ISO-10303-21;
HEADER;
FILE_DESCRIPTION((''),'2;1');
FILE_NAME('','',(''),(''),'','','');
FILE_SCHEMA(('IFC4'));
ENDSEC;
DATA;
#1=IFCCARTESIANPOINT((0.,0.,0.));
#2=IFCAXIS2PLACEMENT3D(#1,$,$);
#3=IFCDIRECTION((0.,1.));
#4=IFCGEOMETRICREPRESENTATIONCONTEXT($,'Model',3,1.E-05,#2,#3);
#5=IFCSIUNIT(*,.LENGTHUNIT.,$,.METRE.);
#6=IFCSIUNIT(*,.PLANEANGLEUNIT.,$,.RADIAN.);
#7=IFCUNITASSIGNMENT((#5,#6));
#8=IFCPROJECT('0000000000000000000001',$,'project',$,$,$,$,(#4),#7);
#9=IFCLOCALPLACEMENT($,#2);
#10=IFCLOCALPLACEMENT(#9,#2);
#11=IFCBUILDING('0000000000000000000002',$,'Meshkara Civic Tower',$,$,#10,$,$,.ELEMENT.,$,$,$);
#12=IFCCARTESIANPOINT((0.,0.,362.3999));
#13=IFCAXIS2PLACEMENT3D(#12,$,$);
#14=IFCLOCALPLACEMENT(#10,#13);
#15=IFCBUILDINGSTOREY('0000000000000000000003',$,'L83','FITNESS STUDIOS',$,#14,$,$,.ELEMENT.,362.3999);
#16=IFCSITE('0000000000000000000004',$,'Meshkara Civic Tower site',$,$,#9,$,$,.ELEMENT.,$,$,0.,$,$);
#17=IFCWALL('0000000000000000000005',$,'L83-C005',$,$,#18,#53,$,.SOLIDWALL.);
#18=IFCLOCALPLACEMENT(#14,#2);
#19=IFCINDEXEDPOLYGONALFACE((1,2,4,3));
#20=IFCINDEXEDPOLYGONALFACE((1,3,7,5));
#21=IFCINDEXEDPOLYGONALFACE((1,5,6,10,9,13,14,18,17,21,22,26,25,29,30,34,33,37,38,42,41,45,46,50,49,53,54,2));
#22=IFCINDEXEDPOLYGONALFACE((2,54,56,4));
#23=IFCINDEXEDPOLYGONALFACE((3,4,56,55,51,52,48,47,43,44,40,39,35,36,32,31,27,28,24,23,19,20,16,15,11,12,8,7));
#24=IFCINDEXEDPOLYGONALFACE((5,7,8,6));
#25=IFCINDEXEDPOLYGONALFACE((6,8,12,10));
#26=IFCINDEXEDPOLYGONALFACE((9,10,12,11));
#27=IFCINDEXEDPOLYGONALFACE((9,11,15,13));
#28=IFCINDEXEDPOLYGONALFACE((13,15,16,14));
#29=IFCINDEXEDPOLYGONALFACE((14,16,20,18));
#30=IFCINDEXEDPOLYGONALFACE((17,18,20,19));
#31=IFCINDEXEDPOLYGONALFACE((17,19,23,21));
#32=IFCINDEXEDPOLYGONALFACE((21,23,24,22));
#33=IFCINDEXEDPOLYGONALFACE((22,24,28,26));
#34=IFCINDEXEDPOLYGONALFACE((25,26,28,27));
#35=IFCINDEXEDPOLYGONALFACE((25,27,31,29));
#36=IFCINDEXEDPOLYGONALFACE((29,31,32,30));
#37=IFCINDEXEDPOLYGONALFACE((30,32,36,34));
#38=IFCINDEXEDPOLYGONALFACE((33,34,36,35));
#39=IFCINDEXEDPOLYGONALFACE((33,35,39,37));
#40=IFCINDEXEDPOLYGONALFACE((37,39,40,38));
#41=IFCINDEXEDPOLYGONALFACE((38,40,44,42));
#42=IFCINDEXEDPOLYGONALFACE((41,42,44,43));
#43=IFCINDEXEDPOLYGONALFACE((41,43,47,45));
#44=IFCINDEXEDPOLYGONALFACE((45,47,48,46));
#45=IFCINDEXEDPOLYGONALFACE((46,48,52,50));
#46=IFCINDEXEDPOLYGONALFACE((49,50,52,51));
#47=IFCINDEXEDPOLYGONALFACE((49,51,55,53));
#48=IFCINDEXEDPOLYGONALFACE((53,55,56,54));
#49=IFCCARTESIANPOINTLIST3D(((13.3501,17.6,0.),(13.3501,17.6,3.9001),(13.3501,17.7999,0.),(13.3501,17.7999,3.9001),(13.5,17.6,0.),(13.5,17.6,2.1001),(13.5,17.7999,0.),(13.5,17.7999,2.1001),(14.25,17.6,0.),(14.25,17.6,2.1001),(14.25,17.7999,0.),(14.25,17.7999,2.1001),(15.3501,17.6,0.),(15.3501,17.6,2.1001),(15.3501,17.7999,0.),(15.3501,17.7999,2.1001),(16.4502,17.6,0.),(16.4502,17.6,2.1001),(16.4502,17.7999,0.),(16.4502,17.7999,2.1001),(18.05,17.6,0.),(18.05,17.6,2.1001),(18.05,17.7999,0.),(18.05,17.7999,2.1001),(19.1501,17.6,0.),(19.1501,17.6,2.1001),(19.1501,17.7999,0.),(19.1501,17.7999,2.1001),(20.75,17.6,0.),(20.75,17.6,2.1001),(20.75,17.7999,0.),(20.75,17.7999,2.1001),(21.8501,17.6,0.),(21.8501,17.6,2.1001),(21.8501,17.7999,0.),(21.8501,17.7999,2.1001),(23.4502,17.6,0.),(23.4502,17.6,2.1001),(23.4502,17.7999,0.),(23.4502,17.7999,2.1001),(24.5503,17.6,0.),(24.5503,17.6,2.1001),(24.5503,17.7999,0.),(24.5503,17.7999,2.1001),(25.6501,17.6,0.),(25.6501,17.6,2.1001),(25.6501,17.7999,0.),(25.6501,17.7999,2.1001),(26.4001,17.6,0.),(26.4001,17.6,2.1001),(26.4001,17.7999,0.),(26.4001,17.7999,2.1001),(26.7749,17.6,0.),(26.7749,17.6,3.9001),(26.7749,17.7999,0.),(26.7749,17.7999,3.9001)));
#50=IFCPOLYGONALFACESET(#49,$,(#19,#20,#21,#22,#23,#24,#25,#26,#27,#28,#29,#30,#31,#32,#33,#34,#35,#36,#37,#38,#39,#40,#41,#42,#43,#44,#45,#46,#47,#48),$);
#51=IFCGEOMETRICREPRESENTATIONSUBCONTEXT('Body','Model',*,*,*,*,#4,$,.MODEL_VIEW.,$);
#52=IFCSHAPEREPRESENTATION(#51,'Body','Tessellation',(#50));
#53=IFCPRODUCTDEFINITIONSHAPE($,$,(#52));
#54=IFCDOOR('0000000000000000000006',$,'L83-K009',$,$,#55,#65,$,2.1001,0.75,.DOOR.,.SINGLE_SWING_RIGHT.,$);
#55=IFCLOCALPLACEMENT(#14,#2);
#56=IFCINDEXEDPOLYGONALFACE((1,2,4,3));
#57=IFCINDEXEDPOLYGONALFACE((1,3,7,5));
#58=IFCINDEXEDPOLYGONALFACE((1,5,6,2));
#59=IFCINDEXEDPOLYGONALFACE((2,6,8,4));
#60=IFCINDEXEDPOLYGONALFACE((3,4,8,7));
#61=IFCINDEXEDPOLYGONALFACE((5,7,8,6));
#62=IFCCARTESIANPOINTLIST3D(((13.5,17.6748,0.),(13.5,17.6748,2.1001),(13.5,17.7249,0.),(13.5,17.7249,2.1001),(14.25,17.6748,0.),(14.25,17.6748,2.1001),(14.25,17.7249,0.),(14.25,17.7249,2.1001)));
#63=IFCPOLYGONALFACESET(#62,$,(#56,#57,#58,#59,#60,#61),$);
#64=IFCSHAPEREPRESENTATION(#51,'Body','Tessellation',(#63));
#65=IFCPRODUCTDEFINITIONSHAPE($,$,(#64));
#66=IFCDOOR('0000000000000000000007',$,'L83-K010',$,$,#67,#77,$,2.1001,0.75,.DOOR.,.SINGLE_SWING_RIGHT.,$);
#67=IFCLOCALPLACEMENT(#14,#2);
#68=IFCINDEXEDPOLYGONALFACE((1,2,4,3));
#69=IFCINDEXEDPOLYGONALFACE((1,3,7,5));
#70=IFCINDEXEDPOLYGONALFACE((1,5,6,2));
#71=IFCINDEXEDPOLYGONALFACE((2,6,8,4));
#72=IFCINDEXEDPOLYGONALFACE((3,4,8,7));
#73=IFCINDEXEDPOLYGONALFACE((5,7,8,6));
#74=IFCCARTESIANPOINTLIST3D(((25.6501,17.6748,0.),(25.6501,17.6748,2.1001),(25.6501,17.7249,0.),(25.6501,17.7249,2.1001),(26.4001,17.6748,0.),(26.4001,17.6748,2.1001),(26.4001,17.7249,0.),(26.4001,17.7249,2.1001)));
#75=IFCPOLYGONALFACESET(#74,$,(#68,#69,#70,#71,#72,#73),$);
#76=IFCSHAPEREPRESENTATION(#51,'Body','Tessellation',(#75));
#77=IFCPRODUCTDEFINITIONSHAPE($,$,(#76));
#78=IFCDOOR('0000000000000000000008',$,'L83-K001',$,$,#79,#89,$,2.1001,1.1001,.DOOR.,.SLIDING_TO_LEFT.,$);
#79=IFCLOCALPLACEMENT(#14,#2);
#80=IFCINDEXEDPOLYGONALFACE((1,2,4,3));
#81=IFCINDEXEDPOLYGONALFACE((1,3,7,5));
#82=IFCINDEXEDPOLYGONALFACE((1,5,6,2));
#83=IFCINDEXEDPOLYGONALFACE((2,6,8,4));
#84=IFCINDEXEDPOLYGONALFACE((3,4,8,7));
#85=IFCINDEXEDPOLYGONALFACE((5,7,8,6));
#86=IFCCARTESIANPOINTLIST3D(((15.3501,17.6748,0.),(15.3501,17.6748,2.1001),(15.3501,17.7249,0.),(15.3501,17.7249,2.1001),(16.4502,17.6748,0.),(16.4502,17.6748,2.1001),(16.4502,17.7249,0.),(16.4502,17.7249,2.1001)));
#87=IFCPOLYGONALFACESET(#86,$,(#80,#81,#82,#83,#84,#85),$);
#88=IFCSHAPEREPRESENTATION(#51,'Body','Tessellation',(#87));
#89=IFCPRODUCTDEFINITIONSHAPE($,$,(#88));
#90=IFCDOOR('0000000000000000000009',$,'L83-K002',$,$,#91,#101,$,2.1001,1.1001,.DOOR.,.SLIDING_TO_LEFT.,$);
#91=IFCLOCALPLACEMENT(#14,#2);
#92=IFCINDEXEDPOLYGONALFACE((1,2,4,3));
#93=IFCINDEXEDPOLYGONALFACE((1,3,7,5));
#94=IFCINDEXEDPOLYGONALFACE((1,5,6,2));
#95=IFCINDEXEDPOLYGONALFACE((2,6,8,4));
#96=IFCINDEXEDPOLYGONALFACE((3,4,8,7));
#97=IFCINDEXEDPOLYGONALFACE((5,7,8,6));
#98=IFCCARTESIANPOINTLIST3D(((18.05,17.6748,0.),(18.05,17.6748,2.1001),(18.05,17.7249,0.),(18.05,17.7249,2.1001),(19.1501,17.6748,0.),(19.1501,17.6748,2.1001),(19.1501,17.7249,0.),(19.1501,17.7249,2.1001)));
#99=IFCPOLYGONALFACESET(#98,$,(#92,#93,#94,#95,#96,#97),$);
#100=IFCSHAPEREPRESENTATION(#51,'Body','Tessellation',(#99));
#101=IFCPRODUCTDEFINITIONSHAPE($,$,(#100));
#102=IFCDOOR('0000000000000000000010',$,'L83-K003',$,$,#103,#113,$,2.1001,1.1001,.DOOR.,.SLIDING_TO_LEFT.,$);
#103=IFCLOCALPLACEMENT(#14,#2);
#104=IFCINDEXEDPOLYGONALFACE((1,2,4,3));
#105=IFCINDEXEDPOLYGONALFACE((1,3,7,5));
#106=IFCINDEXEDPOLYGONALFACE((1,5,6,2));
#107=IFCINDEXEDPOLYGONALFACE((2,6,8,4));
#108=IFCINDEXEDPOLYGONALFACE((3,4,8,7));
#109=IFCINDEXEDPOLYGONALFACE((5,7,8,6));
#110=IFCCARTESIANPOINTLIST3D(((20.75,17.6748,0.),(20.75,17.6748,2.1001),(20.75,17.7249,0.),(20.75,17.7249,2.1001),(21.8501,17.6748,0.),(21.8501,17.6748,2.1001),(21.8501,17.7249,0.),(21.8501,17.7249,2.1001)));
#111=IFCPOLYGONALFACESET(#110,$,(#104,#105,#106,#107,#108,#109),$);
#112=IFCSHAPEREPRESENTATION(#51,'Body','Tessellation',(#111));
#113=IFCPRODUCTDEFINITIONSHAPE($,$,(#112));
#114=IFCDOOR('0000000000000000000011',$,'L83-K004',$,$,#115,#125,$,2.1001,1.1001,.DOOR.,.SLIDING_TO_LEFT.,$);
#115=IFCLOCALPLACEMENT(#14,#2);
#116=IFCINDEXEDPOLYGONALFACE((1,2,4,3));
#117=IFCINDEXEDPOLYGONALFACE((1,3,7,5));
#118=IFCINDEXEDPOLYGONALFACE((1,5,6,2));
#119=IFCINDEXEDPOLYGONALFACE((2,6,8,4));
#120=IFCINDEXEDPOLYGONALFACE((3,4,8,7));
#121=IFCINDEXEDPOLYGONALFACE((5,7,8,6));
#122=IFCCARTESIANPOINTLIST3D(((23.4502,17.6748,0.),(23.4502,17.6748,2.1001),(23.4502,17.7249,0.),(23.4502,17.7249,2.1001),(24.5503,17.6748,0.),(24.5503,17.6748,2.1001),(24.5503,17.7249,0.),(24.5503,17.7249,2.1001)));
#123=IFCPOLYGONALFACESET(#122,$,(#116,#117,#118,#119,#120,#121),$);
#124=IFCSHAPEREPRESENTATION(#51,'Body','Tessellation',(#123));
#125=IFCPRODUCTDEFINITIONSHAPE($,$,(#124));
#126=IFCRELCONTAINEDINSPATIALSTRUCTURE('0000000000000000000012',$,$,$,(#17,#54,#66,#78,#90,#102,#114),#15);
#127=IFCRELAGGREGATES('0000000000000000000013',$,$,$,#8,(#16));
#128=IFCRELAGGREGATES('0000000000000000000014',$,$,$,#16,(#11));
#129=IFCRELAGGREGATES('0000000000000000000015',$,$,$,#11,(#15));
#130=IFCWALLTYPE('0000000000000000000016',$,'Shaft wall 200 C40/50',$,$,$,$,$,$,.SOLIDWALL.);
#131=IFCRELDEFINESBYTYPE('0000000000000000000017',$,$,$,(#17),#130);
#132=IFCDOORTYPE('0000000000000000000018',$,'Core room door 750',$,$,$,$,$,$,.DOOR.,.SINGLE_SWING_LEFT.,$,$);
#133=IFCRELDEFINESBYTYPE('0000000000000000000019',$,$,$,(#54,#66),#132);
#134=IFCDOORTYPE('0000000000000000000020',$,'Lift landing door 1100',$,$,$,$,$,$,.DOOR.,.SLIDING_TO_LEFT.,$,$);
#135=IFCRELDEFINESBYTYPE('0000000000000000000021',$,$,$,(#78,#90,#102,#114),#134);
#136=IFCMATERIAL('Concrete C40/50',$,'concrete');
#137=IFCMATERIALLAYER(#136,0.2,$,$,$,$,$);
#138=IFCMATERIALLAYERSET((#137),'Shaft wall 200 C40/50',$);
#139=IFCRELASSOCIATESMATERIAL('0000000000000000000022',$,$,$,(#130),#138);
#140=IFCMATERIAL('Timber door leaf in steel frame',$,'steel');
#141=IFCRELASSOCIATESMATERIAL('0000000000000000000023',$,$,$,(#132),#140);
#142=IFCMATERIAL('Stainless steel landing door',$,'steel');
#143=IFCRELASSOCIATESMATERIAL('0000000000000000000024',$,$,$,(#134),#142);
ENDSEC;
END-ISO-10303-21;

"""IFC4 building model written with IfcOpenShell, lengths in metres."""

from ifc_helpers import new_model, si_unit, direction, frame, frame_2d, origin, place, context, subcontext, project, spatial, rectangle, extrude, material, layer, layer_set, type_object, element, fill, save


model = new_model("IFC4")

# Units and contexts
model_context = context("Model", 3, precision=1e-05, world=origin(), true_north=direction((0.0, 1.0)))
body_context = subcontext(model_context, "Body", "Model", "MODEL_VIEW")
ifc_project = project(units=[si_unit("LENGTHUNIT", "METRE"), si_unit("PLANEANGLEUNIT", "RADIAN")], contexts=[model_context])

# Site, building, storey
site_placement = place(None, origin())
site = spatial("IfcSite", under=ifc_project, at=site_placement, Name="Meshkara Civic Tower site", CompositionType="ELEMENT", RefElevation=0.0)
building_placement = place(site_placement, origin())
building = spatial("IfcBuilding", under=site, at=building_placement, Name="Meshkara Civic Tower", CompositionType="ELEMENT")
storey_placement = place(building_placement, frame((0.0, 0.0, 362.3999)))
storey = spatial("IfcBuildingStorey", under=building, at=storey_placement, Name="L83", Description="FITNESS STUDIOS", CompositionType="ELEMENT", Elevation=362.3999)

# Wall, openings, doors
ifc_material_1 = material(Name="Concrete C40/50", Category="concrete")
ifc_layer_1 = layer(ifc_material_1, 0.2)
ifc_layer_set_1 = layer_set([ifc_layer_1], Name="Shaft wall 200 C40/50")
wall_type_1 = type_object("IfcWallType", Name="Shaft wall 200 C40/50", PredefinedType="SOLIDWALL", material=ifc_layer_set_1)
wall_1_placement = place(storey_placement, frame((13.3501, 17.7, 0.0), z_axis=(0.0, 0.0, 1.0), x_axis=(1.0, 0.0, 0.0)))
wall_1 = element("IfcWall", 1, at=wall_1_placement, inside=storey, type_object=wall_type_1, Name="L83-C005", PredefinedType="SOLIDWALL", context=body_context, shape_type="SweptSolid", body=[
    extrude(rectangle(XDim=13.4248, YDim=0.2, at=frame_2d((6.7124, 0.0))), origin(), (0.0, 0.0, 1.0), 3.9001),
])
opening_1_placement = place(wall_1_placement, frame((2.0, 0.0, 0.0)))
opening_1 = element("IfcOpeningElement", 2, at=opening_1_placement, cuts=wall_1, PredefinedType="OPENING", context=body_context, shape_type="SweptSolid", body=[
    extrude(rectangle(XDim=1.1001, YDim=2.1001, at=frame_2d((0.55, 1.05))), frame((0.0, 0.1099, 0.0), z_axis=(0.0, -1.0, 0.0), x_axis=(1.0, 0.0, 0.0)), (0.0, 0.0, 1.0), 0.22),
])
opening_2_placement = place(wall_1_placement, frame((4.7, 0.0, 0.0)))
opening_2 = element("IfcOpeningElement", 3, at=opening_2_placement, cuts=wall_1, PredefinedType="OPENING", context=body_context, shape_type="SweptSolid", body=[
    extrude(rectangle(XDim=1.1001, YDim=2.1001, at=frame_2d((0.55, 1.05))), frame((0.0, 0.1099, 0.0), z_axis=(0.0, -1.0, 0.0), x_axis=(1.0, 0.0, 0.0)), (0.0, 0.0, 1.0), 0.22),
])
opening_3_placement = place(wall_1_placement, frame((7.3999, 0.0, 0.0)))
opening_3 = element("IfcOpeningElement", 4, at=opening_3_placement, cuts=wall_1, PredefinedType="OPENING", context=body_context, shape_type="SweptSolid", body=[
    extrude(rectangle(XDim=1.1001, YDim=2.1001, at=frame_2d((0.55, 1.05))), frame((0.0, 0.1099, 0.0), z_axis=(0.0, -1.0, 0.0), x_axis=(1.0, 0.0, 0.0)), (0.0, 0.0, 1.0), 0.22),
])
opening_4_placement = place(wall_1_placement, frame((10.1001, 0.0, 0.0)))
opening_4 = element("IfcOpeningElement", 5, at=opening_4_placement, cuts=wall_1, PredefinedType="OPENING", context=body_context, shape_type="SweptSolid", body=[
    extrude(rectangle(XDim=1.1001, YDim=2.1001, at=frame_2d((0.55, 1.05))), frame((0.0, 0.1099, 0.0), z_axis=(0.0, -1.0, 0.0), x_axis=(1.0, 0.0, 0.0)), (0.0, 0.0, 1.0), 0.22),
])
opening_5_placement = place(wall_1_placement, frame((0.1499, 0.0, 0.0)))
opening_5 = element("IfcOpeningElement", 6, at=opening_5_placement, cuts=wall_1, PredefinedType="OPENING", context=body_context, shape_type="SweptSolid", body=[
    extrude(rectangle(XDim=0.75, YDim=2.1001, at=frame_2d((0.375, 1.05))), frame((0.0, 0.1099, 0.0), z_axis=(0.0, -1.0, 0.0), x_axis=(1.0, 0.0, 0.0)), (0.0, 0.0, 1.0), 0.22),
])
opening_6_placement = place(wall_1_placement, frame((12.3, 0.0, 0.0)))
opening_6 = element("IfcOpeningElement", 7, at=opening_6_placement, cuts=wall_1, PredefinedType="OPENING", context=body_context, shape_type="SweptSolid", body=[
    extrude(rectangle(XDim=0.75, YDim=2.1001, at=frame_2d((0.375, 1.05))), frame((0.0, 0.1099, 0.0), z_axis=(0.0, -1.0, 0.0), x_axis=(1.0, 0.0, 0.0)), (0.0, 0.0, 1.0), 0.22),
])
ifc_material_2 = material(Name="Timber door leaf in steel frame", Category="steel")
door_type_1 = type_object("IfcDoorType", Name="Core room door 750", OperationType="SINGLE_SWING_LEFT", PredefinedType="DOOR", material=ifc_material_2)
door_1_placement = place(opening_5_placement, origin())
door_1 = element("IfcDoor", 8, at=door_1_placement, inside=storey, type_object=door_type_1, Name="L83-K009", OperationType="SINGLE_SWING_RIGHT", OverallHeight=2.1001, OverallWidth=0.75, PredefinedType="DOOR", context=body_context, shape_type="SweptSolid", body=[
    extrude(rectangle(XDim=0.75, YDim=2.1001, at=frame_2d((0.375, 1.05))), frame((0.0, 0.0249, 0.0), z_axis=(0.0, -1.0, 0.0), x_axis=(1.0, 0.0, 0.0)), (0.0, 0.0, 1.0), 0.05),
])
fill(opening_5, door_1)
door_2_placement = place(opening_6_placement, origin())
door_2 = element("IfcDoor", 9, at=door_2_placement, inside=storey, type_object=door_type_1, Name="L83-K010", OperationType="SINGLE_SWING_RIGHT", OverallHeight=2.1001, OverallWidth=0.75, PredefinedType="DOOR", context=body_context, shape_type="SweptSolid", body=[
    extrude(rectangle(XDim=0.75, YDim=2.1001, at=frame_2d((0.375, 1.05))), frame((0.0, 0.0249, 0.0), z_axis=(0.0, -1.0, 0.0), x_axis=(1.0, 0.0, 0.0)), (0.0, 0.0, 1.0), 0.05),
])
fill(opening_6, door_2)
ifc_material_3 = material(Name="Stainless steel landing door", Category="steel")
door_type_2 = type_object("IfcDoorType", Name="Lift landing door 1100", OperationType="SLIDING_TO_LEFT", PredefinedType="DOOR", material=ifc_material_3)
door_3_placement = place(opening_1_placement, origin())
door_3 = element("IfcDoor", 10, at=door_3_placement, inside=storey, type_object=door_type_2, Name="L83-K001", OperationType="SLIDING_TO_LEFT", OverallHeight=2.1001, OverallWidth=1.1001, PredefinedType="DOOR", context=body_context, shape_type="SweptSolid", body=[
    extrude(rectangle(XDim=1.1001, YDim=2.1001, at=frame_2d((0.55, 1.05))), frame((0.0, 0.0249, 0.0), z_axis=(0.0, -1.0, 0.0), x_axis=(1.0, 0.0, 0.0)), (0.0, 0.0, 1.0), 0.05),
])
fill(opening_1, door_3)
door_4_placement = place(opening_2_placement, origin())
door_4 = element("IfcDoor", 11, at=door_4_placement, inside=storey, type_object=door_type_2, Name="L83-K002", OperationType="SLIDING_TO_LEFT", OverallHeight=2.1001, OverallWidth=1.1001, PredefinedType="DOOR", context=body_context, shape_type="SweptSolid", body=[
    extrude(rectangle(XDim=1.1001, YDim=2.1001, at=frame_2d((0.55, 1.05))), frame((0.0, 0.0249, 0.0), z_axis=(0.0, -1.0, 0.0), x_axis=(1.0, 0.0, 0.0)), (0.0, 0.0, 1.0), 0.05),
])
fill(opening_2, door_4)
door_5_placement = place(opening_3_placement, origin())
door_5 = element("IfcDoor", 12, at=door_5_placement, inside=storey, type_object=door_type_2, Name="L83-K003", OperationType="SLIDING_TO_LEFT", OverallHeight=2.1001, OverallWidth=1.1001, PredefinedType="DOOR", context=body_context, shape_type="SweptSolid", body=[
    extrude(rectangle(XDim=1.1001, YDim=2.1001, at=frame_2d((0.55, 1.05))), frame((0.0, 0.0249, 0.0), z_axis=(0.0, -1.0, 0.0), x_axis=(1.0, 0.0, 0.0)), (0.0, 0.0, 1.0), 0.05),
])
fill(opening_3, door_5)
door_6_placement = place(opening_4_placement, origin())
door_6 = element("IfcDoor", 13, at=door_6_placement, inside=storey, type_object=door_type_2, Name="L83-K004", OperationType="SLIDING_TO_LEFT", OverallHeight=2.1001, OverallWidth=1.1001, PredefinedType="DOOR", context=body_context, shape_type="SweptSolid", body=[
    extrude(rectangle(XDim=1.1001, YDim=2.1001, at=frame_2d((0.55, 1.05))), frame((0.0, 0.0249, 0.0), z_axis=(0.0, -1.0, 0.0), x_axis=(1.0, 0.0, 0.0)), (0.0, 0.0, 1.0), 0.05),
])
fill(opening_4, door_6)

save(model, "model.ifc")
